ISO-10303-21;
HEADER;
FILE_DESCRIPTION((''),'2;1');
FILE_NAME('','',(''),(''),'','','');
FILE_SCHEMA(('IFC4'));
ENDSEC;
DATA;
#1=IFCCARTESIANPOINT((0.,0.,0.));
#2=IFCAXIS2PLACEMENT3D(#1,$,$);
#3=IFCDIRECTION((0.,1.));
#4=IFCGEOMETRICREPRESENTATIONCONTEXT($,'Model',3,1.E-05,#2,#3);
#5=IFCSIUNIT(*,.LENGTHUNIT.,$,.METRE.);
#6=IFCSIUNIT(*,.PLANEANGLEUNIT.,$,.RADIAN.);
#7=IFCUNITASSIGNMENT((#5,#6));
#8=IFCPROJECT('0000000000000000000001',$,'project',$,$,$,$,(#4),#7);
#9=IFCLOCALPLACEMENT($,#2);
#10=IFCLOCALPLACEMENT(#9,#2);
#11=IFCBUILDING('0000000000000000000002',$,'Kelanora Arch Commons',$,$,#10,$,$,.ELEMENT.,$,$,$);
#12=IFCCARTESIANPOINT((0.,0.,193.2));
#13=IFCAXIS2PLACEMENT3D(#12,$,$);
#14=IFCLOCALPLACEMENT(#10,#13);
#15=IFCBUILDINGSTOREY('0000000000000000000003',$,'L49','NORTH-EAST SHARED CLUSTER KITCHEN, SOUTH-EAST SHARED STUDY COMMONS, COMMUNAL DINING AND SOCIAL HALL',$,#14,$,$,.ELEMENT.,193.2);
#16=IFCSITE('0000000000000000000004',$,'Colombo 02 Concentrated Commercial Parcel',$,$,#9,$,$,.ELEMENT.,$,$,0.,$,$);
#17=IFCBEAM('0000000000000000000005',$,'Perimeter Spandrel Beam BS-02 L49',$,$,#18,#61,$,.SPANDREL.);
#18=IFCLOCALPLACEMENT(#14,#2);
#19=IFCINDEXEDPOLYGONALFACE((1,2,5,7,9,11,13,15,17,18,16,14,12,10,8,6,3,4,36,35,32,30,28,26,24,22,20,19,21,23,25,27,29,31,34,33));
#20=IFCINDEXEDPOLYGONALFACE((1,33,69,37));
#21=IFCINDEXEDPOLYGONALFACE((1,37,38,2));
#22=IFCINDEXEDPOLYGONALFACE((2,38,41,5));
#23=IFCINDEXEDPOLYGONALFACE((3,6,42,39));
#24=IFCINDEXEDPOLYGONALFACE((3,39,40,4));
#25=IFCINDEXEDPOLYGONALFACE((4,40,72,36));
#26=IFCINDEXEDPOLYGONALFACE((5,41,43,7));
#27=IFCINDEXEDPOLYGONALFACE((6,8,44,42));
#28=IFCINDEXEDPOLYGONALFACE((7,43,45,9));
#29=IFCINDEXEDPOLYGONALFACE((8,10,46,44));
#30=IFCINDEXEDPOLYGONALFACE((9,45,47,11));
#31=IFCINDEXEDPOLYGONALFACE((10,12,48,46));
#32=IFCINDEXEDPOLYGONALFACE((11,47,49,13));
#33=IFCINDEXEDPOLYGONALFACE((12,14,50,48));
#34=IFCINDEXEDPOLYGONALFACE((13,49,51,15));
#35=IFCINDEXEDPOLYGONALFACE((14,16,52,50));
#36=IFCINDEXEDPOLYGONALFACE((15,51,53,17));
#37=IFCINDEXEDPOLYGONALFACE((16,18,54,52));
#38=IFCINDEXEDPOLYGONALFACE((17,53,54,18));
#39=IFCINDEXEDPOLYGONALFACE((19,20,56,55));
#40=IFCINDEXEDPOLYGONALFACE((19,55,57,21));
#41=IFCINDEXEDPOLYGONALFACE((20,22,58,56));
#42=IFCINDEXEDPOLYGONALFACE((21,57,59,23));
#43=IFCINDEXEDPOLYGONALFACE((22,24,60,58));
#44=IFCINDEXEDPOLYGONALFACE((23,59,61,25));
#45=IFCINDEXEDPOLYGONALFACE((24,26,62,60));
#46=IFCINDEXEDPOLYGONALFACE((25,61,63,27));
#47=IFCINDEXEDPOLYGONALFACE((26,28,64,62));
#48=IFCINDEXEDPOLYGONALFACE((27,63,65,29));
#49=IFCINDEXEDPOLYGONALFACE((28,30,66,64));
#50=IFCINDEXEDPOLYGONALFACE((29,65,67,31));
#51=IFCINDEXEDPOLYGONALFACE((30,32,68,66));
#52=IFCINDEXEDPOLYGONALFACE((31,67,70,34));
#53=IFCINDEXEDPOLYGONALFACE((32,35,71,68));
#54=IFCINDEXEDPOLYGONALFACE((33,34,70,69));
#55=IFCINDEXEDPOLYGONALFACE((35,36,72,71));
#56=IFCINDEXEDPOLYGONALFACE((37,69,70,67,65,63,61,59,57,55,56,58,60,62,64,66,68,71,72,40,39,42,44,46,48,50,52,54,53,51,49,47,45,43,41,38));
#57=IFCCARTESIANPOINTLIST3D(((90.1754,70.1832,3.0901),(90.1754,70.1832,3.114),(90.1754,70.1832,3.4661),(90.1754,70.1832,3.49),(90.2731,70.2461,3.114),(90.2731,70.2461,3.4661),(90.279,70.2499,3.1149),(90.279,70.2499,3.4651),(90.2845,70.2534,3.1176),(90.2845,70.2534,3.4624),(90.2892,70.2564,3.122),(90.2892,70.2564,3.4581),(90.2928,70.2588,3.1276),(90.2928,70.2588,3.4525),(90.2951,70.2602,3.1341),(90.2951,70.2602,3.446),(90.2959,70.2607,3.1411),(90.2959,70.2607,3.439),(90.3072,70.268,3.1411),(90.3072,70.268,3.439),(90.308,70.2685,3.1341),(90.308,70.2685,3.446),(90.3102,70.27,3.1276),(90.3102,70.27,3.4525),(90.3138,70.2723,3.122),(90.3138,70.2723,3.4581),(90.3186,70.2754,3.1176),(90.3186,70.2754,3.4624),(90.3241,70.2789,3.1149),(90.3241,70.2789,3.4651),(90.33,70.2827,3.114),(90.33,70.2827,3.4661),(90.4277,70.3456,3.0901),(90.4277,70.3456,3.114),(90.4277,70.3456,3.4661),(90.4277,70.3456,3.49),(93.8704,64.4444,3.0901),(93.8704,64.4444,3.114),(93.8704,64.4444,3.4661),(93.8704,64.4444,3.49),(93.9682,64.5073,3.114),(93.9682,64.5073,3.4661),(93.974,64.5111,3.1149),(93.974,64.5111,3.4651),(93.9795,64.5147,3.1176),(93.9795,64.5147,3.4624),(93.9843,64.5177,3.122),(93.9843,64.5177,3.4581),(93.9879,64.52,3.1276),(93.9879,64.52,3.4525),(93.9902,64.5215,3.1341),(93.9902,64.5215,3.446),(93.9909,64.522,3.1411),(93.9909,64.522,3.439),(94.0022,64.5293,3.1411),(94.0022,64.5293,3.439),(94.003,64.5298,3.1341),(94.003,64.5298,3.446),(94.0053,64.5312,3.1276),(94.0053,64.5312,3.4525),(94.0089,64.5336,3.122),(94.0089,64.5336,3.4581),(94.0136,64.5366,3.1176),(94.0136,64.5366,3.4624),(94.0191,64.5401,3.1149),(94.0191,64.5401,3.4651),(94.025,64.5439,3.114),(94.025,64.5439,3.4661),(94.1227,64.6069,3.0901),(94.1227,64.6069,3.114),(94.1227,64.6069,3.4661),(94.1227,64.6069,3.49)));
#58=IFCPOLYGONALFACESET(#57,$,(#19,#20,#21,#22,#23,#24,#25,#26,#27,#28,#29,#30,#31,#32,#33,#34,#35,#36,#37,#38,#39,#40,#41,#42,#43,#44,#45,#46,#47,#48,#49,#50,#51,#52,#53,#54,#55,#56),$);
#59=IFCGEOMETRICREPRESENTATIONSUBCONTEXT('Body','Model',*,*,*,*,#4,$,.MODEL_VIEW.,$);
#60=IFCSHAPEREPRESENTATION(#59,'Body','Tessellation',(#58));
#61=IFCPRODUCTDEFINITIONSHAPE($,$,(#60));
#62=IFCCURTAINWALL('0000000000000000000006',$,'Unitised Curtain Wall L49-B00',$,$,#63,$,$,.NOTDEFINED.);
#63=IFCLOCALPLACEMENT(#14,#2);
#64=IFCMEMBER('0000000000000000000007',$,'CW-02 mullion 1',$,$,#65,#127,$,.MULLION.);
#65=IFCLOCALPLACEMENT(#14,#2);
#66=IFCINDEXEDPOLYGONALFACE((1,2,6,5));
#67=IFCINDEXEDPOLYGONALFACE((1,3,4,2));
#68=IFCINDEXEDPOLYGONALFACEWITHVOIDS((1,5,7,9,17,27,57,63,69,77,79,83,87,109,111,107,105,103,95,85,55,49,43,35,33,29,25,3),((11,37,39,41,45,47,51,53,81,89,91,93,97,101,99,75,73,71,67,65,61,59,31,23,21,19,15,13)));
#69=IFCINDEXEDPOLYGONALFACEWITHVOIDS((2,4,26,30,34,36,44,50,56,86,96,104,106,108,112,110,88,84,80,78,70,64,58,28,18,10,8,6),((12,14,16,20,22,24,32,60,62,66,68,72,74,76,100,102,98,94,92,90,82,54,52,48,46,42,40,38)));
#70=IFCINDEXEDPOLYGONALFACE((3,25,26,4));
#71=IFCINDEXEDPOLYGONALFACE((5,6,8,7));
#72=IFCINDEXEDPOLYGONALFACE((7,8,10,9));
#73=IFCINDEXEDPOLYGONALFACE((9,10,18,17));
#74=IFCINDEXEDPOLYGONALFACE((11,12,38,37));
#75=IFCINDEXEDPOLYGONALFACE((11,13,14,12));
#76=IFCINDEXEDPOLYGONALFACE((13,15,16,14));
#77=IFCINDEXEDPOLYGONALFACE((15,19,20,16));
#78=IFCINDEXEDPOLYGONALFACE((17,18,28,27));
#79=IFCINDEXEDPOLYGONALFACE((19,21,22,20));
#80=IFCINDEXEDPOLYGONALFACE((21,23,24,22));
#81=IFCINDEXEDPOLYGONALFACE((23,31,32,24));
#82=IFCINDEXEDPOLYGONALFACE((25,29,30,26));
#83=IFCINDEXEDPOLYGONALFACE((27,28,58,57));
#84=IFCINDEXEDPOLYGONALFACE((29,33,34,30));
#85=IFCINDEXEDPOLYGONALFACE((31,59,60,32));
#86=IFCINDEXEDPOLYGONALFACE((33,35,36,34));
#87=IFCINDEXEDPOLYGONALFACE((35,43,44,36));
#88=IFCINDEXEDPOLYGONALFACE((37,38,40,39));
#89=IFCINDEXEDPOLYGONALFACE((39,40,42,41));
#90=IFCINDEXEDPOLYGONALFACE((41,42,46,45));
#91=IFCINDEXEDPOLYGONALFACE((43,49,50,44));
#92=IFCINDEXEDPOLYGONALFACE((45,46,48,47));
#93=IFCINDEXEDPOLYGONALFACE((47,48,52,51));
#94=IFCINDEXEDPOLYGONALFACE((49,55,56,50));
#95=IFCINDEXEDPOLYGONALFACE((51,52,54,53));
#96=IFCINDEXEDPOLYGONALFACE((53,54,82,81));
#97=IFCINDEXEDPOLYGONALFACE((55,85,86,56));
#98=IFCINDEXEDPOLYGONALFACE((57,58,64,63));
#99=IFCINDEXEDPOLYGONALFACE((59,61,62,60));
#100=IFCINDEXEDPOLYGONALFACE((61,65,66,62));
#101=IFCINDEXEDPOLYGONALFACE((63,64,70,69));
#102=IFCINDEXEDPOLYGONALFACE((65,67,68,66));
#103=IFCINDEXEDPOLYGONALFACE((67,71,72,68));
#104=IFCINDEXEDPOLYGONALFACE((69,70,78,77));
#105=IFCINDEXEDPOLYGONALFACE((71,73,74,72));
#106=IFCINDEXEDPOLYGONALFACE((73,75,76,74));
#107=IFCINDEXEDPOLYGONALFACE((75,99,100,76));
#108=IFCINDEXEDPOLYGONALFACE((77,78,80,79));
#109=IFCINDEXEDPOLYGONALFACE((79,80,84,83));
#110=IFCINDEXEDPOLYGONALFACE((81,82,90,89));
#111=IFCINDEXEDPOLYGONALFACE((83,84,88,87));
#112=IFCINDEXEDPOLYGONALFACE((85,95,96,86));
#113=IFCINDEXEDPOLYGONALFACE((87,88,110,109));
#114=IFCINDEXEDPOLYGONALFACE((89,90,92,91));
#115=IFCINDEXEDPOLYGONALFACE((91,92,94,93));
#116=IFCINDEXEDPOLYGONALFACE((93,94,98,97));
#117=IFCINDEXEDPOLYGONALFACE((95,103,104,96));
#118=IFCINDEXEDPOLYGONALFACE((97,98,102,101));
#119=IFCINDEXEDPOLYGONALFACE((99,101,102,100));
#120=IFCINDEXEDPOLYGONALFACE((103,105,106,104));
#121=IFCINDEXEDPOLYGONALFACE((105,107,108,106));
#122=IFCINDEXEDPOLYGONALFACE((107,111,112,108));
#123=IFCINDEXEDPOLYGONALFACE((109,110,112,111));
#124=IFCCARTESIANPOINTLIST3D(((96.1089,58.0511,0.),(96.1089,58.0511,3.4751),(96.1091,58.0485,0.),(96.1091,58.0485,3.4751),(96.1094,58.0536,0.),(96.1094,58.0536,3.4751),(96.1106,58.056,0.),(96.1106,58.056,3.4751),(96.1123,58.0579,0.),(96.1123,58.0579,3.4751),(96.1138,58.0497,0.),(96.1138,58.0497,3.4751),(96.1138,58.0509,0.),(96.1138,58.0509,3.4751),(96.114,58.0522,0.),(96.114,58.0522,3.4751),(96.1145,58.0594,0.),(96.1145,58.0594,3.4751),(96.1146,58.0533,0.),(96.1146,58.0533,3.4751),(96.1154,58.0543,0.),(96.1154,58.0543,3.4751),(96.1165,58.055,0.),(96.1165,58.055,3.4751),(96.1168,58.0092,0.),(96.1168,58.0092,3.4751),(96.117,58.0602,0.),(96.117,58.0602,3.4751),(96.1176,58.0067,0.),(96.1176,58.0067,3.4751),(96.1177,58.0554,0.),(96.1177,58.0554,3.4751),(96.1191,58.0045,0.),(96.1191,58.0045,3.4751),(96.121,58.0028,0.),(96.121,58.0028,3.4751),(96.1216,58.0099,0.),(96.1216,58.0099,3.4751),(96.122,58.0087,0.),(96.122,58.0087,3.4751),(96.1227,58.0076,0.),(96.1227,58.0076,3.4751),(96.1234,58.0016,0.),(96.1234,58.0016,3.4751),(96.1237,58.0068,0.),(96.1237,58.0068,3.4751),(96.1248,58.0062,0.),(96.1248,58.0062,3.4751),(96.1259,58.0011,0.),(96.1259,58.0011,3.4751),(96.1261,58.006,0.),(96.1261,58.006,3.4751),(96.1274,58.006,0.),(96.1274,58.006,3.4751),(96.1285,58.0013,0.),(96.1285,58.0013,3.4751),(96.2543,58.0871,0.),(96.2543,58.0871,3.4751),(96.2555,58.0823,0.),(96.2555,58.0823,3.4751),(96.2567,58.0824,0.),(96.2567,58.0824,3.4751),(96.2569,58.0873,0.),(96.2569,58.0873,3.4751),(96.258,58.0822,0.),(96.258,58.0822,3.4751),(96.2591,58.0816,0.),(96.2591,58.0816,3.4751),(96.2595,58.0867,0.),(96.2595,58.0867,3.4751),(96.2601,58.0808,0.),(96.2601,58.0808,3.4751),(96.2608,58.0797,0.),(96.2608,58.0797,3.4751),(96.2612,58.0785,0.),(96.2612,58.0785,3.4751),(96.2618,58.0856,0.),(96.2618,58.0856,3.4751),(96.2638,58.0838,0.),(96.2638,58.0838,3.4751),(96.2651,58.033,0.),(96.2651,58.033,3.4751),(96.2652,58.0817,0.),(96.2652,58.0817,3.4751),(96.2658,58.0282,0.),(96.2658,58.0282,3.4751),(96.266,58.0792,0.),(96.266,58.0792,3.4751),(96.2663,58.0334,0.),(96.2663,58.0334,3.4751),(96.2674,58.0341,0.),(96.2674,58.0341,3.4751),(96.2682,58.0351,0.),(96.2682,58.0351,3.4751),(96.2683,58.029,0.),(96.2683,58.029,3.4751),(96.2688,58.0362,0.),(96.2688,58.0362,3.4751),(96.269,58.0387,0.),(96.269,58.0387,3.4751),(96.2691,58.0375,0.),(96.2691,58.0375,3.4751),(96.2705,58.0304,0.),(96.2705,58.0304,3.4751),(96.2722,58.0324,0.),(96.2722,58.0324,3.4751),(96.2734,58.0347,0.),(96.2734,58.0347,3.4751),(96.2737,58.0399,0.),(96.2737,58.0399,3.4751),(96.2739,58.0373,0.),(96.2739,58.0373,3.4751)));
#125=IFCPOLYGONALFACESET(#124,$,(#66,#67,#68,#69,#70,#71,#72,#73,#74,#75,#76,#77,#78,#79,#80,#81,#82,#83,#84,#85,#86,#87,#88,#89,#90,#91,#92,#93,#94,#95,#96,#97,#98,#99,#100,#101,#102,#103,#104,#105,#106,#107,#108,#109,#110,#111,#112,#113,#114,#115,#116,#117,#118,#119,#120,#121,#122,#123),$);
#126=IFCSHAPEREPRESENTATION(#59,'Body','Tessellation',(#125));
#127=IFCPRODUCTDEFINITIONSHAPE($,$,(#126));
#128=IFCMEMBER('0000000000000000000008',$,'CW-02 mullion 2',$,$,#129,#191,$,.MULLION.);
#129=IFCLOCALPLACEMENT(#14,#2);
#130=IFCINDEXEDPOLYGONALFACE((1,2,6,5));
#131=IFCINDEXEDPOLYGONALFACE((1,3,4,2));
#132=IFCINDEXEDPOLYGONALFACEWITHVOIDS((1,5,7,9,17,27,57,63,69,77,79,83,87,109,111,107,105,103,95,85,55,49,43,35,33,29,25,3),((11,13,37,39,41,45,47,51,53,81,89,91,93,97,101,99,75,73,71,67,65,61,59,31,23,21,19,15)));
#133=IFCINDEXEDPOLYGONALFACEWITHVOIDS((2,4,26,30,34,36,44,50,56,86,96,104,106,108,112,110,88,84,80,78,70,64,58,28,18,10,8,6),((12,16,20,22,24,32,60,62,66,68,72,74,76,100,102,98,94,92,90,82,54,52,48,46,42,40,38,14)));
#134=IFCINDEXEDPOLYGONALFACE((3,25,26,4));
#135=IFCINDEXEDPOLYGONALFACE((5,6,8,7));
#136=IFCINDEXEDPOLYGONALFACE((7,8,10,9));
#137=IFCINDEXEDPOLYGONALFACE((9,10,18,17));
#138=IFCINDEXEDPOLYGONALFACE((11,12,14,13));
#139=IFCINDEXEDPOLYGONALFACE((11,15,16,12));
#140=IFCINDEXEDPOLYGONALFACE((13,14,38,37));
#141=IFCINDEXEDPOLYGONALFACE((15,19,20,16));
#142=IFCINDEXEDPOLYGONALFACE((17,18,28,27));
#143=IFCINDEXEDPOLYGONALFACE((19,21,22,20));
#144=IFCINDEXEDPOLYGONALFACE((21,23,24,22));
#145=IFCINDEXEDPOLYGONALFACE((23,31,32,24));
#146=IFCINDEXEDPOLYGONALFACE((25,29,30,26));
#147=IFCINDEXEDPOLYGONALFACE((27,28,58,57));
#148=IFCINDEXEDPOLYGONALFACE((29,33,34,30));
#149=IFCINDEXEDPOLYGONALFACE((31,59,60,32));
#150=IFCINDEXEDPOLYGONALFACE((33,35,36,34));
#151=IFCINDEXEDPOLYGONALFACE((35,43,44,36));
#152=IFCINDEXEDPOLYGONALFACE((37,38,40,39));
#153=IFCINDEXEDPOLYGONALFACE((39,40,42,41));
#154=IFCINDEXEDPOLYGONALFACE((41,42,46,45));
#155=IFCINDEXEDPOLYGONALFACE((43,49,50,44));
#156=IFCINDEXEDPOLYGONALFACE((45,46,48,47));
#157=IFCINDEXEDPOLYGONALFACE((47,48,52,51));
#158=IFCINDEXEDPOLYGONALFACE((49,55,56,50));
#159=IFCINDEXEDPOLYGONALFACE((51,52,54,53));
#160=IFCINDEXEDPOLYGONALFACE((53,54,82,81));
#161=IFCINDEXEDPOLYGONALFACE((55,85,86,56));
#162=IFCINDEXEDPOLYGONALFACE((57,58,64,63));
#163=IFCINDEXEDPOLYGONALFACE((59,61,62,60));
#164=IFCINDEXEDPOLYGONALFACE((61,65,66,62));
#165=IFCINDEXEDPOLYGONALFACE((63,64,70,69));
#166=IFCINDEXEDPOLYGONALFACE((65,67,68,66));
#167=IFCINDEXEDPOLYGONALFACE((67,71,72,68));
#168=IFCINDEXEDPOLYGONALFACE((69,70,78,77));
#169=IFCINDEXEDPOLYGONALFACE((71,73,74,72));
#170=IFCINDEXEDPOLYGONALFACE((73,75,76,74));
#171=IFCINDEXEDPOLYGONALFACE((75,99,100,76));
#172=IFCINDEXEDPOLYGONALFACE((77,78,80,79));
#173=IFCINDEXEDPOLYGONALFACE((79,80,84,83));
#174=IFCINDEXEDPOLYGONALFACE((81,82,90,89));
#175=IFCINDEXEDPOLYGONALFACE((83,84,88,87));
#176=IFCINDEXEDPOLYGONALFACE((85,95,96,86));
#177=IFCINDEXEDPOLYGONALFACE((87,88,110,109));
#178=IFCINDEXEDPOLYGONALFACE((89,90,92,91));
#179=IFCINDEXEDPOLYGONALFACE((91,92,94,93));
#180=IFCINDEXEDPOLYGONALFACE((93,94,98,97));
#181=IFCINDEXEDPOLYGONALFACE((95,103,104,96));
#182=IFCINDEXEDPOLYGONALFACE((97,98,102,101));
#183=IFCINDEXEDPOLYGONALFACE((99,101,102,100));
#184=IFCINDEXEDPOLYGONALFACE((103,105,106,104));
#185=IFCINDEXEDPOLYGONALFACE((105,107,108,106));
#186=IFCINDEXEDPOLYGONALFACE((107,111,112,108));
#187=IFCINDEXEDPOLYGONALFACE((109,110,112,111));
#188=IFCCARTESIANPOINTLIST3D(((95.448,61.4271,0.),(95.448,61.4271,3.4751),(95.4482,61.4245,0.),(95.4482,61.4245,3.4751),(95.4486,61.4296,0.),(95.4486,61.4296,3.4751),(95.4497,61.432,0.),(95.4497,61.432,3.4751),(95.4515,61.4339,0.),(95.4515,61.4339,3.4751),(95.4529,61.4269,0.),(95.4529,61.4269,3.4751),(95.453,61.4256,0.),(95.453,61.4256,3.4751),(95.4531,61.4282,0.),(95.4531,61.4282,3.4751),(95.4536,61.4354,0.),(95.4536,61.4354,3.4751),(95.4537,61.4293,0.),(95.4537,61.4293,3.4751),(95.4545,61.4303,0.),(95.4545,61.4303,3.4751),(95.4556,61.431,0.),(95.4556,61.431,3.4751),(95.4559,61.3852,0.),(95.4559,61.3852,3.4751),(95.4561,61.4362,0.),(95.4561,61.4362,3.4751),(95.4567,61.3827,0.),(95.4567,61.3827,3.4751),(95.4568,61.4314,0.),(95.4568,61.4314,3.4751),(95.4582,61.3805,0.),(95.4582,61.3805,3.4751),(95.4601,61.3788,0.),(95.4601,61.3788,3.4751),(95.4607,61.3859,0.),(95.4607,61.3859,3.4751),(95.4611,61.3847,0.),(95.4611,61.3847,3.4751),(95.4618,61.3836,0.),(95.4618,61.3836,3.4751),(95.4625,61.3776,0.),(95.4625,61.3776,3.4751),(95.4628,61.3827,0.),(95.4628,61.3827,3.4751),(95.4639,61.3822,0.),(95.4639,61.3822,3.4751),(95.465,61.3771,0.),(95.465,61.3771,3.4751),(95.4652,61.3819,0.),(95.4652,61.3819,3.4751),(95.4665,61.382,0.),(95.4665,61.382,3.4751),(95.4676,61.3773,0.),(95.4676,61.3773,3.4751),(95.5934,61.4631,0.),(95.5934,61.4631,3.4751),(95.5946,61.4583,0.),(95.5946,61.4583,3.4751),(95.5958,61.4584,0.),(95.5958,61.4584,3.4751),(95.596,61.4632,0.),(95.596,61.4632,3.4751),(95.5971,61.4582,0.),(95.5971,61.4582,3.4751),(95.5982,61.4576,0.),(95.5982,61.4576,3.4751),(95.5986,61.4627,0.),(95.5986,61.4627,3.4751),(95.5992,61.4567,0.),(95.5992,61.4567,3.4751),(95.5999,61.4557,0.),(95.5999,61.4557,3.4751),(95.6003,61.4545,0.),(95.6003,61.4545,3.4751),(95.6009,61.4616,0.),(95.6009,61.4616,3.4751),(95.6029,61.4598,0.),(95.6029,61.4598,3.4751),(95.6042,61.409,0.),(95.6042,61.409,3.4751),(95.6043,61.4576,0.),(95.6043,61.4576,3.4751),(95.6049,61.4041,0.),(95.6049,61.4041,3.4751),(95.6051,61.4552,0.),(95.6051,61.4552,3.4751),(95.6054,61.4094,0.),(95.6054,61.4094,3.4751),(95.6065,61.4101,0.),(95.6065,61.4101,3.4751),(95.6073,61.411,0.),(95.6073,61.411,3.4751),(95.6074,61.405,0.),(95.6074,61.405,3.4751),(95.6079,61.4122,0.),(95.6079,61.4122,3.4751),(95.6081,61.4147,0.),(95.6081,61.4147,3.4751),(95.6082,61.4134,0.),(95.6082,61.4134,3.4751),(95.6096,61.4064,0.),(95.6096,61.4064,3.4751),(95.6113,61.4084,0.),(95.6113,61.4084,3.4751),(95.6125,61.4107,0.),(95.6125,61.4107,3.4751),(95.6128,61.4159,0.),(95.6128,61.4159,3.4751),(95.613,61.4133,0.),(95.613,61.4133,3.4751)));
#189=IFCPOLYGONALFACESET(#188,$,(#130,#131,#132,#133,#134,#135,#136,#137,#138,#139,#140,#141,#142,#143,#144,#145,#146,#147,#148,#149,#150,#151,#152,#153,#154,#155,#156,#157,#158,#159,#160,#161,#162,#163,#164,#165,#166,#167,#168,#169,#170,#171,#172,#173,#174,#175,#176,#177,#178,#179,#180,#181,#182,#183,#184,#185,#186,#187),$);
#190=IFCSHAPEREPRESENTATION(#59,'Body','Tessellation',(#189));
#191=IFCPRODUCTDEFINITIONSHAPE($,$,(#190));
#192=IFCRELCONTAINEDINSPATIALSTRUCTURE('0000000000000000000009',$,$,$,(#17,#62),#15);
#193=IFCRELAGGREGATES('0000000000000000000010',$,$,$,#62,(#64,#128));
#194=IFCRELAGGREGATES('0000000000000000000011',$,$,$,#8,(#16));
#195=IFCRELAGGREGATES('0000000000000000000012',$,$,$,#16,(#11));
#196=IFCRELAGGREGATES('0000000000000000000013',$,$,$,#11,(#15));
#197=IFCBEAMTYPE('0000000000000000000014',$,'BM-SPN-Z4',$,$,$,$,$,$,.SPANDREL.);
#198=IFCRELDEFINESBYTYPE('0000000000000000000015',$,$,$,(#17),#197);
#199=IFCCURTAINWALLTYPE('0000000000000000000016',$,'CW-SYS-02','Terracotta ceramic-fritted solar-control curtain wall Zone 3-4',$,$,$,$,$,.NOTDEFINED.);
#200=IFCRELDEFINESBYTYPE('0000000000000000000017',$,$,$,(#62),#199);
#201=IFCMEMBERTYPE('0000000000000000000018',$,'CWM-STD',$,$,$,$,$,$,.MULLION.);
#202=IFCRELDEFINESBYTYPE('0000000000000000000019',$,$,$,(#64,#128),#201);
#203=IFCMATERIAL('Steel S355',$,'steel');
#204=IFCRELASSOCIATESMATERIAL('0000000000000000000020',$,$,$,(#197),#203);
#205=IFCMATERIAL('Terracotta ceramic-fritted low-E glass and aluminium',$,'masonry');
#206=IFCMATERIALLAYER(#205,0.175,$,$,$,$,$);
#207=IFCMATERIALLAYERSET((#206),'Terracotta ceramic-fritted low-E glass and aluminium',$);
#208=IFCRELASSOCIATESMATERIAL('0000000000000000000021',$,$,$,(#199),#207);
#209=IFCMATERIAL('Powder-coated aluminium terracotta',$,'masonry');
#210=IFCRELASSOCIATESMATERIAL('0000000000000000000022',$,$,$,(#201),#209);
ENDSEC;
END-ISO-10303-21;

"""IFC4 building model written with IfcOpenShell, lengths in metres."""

from ifc_helpers import new_model, si_unit, direction, frame, origin, origin_2d, place, context, subcontext, project, spatial, hollow_rectangle, i_section, extrude, material, layer, layer_set, material_profile, profile_set, type_object, element, aggregate, save


model = new_model("IFC4")

# Units and contexts
model_context = context("Model", 3, precision=1e-05, world=origin(), true_north=direction((0.0, 1.0)))
body_context = subcontext(model_context, "Body", "Model", "MODEL_VIEW")
ifc_project = project(units=[si_unit("LENGTHUNIT", "METRE"), si_unit("PLANEANGLEUNIT", "RADIAN")], contexts=[model_context])

# Site, building, storey
site_placement = place(None, origin())
site = spatial("IfcSite", under=ifc_project, at=site_placement, Name="Colombo 02 Concentrated Commercial Parcel", CompositionType="ELEMENT", RefElevation=0.0)
building_placement = place(site_placement, origin())
building = spatial("IfcBuilding", under=site, at=building_placement, Name="Kelanora Arch Commons", CompositionType="ELEMENT")
storey_placement = place(building_placement, frame((0.0, 0.0, 193.2)))
storey = spatial("IfcBuildingStorey", under=building, at=storey_placement, Name="L49", Description="NORTH-EAST SHARED CLUSTER KITCHEN, SOUTH-EAST SHARED STUDY COMMONS, COMMUNAL DINING AND SOCIAL HALL", CompositionType="ELEMENT", Elevation=193.2)

# Beam
ifc_material_1 = material(Name="Steel S355", Category="steel")
ifc_material_profile_1 = material_profile(ifc_material_1, i_section(OverallWidth=0.3, OverallDepth=0.3999, WebThickness=0.0134, FlangeThickness=0.0239, FilletRadius=0.0271, at=origin_2d()), Name="HEB400")
ifc_profile_set_1 = profile_set([ifc_material_profile_1], Name="Steel S355")
beam_type_1 = type_object("IfcBeamType", Name="BM-SPN-Z4", PredefinedType="SPANDREL", material=ifc_profile_set_1)
beam_1_placement = place(storey_placement, frame((93.9966, 64.5256, 3.29), z_axis=(-0.541365, 0.840788, 0.0), x_axis=(-0.840788, -0.541365, 0.0)))
element("IfcBeam", 1, at=beam_1_placement, inside=storey, type_object=beam_type_1, Name="Perimeter Spandrel Beam BS-02 L49", PredefinedType="SPANDREL", context=body_context, shape_type="SweptSolid", body=[
    extrude(i_section(OverallWidth=0.3, OverallDepth=0.3999, WebThickness=0.0134, FlangeThickness=0.0239, FilletRadius=0.0271, at=origin_2d()), origin(), (0.0, 0.0, 1.0), 6.8254),
])

# Curtain wall, members
ifc_material_2 = material(Name="Terracotta ceramic-fritted low-E glass and aluminium", Category="masonry")
ifc_layer_1 = layer(ifc_material_2, 0.175)
ifc_layer_set_1 = layer_set([ifc_layer_1], Name="Terracotta ceramic-fritted low-E glass and aluminium")
curtain_wall_type = type_object("IfcCurtainWallType", Name="CW-SYS-02", Description="Terracotta ceramic-fritted solar-control curtain wall Zone 3-4", PredefinedType="NOTDEFINED", material=ifc_layer_set_1)
curtain_wall_placement = place(storey_placement, origin())
curtain_wall = element("IfcCurtainWall", 2, at=curtain_wall_placement, inside=storey, type_object=curtain_wall_type, Name="Unitised Curtain Wall L49-B00", PredefinedType="NOTDEFINED")
ifc_material_3 = material(Name="Powder-coated aluminium terracotta", Category="masonry")
ifc_material_profile_2 = material_profile(ifc_material_3, hollow_rectangle(XDim=0.1599, YDim=0.0601, WallThickness=0.0049, InnerFilletRadius=0.0049, OuterFilletRadius=0.01, at=origin_2d()), Name="CWM160x60")
ifc_profile_set_2 = profile_set([ifc_material_profile_2], Name="Powder-coated aluminium terracotta")
member_type_1 = type_object("IfcMemberType", Name="CWM-STD", PredefinedType="MULLION", material=ifc_profile_set_2)
member_1_placement = place(storey_placement, frame((96.1914, 58.0442, 0.0), z_axis=(0.0, 0.0, 1.0), x_axis=(-0.981381, -0.192069, 0.0)))
member_1 = element("IfcMember", 3, at=member_1_placement, type_object=member_type_1, Name="CW-02 mullion 1", PredefinedType="MULLION", context=body_context, shape_type="SweptSolid", body=[
    extrude(hollow_rectangle(XDim=0.1599, YDim=0.0601, WallThickness=0.0049, InnerFilletRadius=0.0049, OuterFilletRadius=0.01, at=origin_2d()), origin(), (0.0, 0.0, 1.0), 3.4751),
])
member_2_placement = place(storey_placement, frame((95.5305, 61.4202, 0.0), z_axis=(0.0, 0.0, 1.0), x_axis=(-0.981381, -0.192069, 0.0)))
member_2 = element("IfcMember", 4, at=member_2_placement, type_object=member_type_1, Name="CW-02 mullion 2", PredefinedType="MULLION", context=body_context, shape_type="SweptSolid", body=[
    extrude(hollow_rectangle(XDim=0.1599, YDim=0.0601, WallThickness=0.0049, InnerFilletRadius=0.0049, OuterFilletRadius=0.01, at=origin_2d()), origin(), (0.0, 0.0, 1.0), 3.4751),
])
aggregate(curtain_wall, [member_1, member_2])

save(model, "model.ifc")
